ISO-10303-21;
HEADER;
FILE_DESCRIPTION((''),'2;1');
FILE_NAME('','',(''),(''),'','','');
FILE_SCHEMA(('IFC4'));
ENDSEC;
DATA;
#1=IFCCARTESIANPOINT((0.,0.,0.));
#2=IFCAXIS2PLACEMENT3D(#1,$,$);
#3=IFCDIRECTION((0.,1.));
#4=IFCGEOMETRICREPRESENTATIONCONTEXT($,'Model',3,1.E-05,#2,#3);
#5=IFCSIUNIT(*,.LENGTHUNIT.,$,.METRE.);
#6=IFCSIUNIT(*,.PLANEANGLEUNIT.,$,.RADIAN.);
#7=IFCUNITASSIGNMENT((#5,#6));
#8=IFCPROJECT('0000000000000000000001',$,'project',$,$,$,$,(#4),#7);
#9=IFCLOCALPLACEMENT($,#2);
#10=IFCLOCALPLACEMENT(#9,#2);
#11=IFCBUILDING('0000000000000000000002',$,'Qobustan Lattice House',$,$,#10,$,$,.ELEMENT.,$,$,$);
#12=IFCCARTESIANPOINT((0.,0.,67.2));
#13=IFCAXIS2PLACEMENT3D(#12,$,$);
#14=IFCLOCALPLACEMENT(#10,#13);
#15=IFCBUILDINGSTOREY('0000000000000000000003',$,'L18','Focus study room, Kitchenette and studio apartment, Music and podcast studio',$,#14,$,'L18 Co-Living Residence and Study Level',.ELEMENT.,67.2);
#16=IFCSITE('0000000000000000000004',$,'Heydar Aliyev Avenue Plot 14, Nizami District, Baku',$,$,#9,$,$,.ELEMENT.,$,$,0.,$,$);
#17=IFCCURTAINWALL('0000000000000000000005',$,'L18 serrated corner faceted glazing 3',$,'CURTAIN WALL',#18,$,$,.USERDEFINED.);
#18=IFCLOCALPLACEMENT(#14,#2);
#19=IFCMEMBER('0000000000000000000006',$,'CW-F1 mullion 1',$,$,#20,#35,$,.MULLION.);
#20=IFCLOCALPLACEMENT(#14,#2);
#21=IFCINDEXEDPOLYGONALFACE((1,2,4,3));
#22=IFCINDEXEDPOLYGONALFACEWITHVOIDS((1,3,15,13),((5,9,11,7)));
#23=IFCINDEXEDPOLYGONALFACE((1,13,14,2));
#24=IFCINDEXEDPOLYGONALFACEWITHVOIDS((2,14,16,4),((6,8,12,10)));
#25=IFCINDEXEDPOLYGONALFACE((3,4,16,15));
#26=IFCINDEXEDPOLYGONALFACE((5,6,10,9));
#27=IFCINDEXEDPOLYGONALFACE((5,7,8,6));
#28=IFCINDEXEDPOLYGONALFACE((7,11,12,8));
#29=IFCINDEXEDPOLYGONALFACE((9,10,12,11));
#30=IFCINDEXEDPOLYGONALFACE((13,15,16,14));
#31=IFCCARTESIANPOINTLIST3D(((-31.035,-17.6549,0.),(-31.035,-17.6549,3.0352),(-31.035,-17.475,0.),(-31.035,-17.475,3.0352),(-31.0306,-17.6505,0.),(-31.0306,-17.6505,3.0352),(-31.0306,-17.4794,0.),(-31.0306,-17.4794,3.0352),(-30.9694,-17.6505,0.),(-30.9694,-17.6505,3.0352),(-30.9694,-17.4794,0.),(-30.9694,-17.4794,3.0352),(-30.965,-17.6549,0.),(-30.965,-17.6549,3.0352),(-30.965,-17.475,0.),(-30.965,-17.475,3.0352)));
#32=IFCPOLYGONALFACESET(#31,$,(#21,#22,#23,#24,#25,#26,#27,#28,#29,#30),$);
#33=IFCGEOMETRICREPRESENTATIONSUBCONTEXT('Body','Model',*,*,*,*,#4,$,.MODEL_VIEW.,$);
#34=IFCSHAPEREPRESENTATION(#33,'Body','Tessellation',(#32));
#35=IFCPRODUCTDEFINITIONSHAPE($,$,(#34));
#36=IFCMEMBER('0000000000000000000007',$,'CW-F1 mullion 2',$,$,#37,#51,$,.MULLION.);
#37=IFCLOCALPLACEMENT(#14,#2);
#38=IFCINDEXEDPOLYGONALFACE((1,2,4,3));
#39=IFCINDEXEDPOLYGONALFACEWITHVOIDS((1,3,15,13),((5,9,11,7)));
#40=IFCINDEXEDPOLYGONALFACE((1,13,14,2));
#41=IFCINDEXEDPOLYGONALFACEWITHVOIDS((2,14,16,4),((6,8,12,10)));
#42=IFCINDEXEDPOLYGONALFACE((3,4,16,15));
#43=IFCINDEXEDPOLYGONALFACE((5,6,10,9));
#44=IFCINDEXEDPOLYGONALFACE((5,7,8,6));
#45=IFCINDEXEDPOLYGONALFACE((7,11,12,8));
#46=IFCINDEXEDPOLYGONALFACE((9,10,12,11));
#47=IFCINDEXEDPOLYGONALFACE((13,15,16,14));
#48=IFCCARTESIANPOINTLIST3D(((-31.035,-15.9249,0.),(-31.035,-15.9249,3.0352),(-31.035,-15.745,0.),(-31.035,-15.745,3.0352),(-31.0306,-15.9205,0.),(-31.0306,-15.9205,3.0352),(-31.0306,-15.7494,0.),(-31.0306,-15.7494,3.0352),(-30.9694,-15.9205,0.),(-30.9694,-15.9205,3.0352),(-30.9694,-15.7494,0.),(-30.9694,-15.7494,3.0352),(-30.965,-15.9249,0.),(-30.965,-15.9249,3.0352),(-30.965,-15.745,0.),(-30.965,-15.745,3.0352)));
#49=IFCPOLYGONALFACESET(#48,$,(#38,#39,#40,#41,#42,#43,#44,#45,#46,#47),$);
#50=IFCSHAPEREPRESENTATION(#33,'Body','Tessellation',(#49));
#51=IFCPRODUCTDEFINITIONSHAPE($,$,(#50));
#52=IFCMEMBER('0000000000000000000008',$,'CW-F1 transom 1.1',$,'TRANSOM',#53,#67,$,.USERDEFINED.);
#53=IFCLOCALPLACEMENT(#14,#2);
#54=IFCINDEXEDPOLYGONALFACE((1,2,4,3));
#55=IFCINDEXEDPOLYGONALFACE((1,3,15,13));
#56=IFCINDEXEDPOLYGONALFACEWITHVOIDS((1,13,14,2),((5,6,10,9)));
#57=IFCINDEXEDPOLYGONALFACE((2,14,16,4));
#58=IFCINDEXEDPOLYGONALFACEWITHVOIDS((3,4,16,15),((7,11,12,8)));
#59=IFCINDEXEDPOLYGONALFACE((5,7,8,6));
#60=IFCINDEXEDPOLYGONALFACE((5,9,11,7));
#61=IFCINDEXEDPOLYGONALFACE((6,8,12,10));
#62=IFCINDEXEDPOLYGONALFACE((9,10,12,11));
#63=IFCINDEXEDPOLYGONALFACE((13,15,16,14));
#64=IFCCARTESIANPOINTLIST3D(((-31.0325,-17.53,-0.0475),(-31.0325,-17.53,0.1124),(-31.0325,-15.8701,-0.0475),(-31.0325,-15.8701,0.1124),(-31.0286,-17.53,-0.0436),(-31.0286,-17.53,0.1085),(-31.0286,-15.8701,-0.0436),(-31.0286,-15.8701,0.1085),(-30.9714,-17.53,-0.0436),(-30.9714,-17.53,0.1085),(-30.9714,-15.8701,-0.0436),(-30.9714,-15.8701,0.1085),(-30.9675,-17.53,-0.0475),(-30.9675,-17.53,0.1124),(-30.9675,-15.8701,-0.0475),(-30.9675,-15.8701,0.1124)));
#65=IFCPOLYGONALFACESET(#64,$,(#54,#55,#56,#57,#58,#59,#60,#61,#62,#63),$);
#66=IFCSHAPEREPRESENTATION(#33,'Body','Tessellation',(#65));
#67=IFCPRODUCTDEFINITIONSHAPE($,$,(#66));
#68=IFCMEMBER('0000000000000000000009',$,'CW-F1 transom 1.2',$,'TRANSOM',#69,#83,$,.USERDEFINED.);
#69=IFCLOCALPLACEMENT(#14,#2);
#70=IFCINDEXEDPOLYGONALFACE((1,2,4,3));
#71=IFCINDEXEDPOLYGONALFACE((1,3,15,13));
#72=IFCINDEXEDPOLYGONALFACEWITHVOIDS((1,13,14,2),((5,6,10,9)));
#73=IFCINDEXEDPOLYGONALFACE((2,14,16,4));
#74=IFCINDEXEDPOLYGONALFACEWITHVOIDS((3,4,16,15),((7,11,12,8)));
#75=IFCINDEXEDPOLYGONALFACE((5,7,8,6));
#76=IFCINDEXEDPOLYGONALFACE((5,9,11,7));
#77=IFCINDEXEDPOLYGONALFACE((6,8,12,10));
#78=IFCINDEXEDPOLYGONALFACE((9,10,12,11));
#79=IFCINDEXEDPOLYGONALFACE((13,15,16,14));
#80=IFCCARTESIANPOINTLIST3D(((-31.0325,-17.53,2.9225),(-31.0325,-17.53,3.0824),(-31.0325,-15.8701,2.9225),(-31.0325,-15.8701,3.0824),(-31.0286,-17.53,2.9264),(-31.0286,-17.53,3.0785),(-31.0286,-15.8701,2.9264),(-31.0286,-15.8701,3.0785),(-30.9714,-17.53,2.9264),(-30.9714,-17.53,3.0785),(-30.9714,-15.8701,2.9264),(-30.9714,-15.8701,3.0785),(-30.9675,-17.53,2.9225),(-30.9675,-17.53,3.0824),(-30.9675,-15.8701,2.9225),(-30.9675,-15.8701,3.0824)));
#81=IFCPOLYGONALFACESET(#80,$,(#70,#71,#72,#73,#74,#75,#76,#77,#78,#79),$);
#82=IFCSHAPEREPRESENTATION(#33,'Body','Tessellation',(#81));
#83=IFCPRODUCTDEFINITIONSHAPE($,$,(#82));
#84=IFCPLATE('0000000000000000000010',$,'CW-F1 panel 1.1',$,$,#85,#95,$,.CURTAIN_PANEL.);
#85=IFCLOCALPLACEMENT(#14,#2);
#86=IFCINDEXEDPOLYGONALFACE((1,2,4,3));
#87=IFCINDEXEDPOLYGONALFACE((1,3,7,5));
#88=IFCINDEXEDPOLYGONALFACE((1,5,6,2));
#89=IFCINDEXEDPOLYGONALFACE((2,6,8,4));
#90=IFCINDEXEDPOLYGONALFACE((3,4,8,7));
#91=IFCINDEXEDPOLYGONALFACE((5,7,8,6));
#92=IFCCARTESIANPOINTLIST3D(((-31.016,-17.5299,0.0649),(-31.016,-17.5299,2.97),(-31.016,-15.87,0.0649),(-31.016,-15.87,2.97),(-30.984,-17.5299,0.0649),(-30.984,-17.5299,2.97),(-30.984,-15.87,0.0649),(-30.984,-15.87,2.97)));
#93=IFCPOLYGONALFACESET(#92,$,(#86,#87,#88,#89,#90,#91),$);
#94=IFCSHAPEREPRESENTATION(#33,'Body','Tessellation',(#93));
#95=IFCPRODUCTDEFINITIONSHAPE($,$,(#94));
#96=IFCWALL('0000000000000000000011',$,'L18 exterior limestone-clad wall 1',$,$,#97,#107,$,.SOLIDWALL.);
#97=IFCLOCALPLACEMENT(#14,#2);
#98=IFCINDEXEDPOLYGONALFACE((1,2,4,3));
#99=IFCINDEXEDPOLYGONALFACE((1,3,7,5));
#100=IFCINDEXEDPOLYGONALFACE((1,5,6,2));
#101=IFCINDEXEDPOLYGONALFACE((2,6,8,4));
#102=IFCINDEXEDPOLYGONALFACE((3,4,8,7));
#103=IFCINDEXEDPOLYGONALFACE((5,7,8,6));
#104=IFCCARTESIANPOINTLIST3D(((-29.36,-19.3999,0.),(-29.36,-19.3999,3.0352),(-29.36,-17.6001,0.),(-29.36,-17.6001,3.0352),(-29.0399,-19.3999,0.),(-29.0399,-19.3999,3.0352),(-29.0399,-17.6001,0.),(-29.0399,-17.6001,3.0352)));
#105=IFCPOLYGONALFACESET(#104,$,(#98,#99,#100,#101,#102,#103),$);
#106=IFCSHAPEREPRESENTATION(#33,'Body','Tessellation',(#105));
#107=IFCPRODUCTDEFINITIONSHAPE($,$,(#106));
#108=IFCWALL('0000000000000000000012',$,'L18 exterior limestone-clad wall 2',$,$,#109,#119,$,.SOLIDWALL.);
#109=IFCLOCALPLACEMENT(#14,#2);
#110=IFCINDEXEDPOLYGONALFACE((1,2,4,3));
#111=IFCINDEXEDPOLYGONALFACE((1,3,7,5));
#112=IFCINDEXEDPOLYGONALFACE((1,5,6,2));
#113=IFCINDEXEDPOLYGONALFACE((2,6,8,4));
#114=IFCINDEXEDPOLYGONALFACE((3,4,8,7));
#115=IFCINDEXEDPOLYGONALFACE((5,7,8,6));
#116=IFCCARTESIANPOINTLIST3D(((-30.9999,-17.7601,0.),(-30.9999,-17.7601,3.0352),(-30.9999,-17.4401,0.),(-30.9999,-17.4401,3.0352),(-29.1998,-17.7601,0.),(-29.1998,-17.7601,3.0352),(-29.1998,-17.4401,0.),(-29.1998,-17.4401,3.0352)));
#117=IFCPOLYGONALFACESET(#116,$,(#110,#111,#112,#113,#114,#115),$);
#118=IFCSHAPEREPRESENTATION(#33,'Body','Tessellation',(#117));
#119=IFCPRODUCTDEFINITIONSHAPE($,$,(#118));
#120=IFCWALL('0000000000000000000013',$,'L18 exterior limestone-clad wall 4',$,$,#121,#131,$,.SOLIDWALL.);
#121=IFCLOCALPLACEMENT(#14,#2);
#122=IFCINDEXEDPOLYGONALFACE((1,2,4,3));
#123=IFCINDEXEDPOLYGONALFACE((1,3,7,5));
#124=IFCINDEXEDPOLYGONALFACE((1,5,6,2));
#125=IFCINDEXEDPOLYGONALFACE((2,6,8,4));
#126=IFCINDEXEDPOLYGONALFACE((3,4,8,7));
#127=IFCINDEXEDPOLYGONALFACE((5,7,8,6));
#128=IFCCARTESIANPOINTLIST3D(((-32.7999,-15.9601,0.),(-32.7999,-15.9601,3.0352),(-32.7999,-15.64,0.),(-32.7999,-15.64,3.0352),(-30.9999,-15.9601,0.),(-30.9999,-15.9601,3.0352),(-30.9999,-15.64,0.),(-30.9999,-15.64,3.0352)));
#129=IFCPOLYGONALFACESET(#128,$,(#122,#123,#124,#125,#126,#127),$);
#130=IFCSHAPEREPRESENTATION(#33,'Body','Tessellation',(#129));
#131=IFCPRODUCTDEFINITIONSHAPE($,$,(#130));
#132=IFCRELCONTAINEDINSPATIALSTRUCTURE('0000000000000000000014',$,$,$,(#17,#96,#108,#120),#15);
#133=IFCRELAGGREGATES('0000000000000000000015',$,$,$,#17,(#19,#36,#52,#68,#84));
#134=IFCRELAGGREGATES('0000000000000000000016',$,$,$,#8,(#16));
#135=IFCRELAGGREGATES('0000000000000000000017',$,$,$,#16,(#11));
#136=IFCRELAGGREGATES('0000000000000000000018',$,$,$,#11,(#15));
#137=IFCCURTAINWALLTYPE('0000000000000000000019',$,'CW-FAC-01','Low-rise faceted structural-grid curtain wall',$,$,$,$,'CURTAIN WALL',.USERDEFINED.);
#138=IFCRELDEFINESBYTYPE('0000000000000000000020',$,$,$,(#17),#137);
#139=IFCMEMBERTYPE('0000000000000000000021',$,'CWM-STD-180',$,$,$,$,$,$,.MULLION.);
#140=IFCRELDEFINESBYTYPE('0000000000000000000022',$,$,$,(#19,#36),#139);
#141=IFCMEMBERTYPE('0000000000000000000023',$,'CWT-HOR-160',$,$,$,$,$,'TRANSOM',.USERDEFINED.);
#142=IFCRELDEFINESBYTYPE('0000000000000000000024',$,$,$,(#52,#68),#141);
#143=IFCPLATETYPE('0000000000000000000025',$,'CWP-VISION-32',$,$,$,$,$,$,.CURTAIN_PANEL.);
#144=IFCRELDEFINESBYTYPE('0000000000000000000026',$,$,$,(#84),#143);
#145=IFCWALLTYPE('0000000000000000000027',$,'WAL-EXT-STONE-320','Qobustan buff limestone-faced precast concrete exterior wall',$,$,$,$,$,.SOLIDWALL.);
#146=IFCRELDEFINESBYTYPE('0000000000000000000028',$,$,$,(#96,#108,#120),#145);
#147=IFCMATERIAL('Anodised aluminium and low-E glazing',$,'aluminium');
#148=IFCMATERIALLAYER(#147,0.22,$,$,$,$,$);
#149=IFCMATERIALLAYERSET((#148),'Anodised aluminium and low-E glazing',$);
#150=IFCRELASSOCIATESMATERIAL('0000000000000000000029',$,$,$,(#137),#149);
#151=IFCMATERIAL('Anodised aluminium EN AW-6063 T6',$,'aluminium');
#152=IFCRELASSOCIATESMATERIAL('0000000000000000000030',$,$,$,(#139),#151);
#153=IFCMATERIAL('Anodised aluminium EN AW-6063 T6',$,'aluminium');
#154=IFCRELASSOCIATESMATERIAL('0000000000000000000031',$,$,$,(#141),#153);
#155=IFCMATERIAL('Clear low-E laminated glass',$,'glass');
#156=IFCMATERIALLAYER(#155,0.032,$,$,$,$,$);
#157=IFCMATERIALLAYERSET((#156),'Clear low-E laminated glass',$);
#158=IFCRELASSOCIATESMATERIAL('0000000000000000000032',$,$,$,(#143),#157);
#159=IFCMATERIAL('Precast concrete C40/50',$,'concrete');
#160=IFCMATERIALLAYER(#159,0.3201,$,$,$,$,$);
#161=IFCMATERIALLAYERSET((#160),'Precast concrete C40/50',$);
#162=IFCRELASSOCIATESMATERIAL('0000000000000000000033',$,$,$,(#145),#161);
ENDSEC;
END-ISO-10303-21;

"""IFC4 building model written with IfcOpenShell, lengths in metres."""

from ifc_helpers import new_model, si_unit, direction, frame, frame_2d, origin, origin_2d, place, context, subcontext, project, spatial, rectangle, hollow_rectangle, extrude, material, layer, layer_set, material_profile, profile_set, type_object, element, aggregate, save


model = new_model("IFC4")

# Units and contexts
model_context = context("Model", 3, precision=1e-05, world=origin(), true_north=direction((0.0, 1.0)))
body_context = subcontext(model_context, "Body", "Model", "MODEL_VIEW")
ifc_project = project(units=[si_unit("LENGTHUNIT", "METRE"), si_unit("PLANEANGLEUNIT", "RADIAN")], contexts=[model_context])

# Site, building, storey
site_placement = place(None, origin())
site = spatial("IfcSite", under=ifc_project, at=site_placement, Name="Heydar Aliyev Avenue Plot 14, Nizami District, Baku", CompositionType="ELEMENT", RefElevation=0.0)
building_placement = place(site_placement, origin())
building = spatial("IfcBuilding", under=site, at=building_placement, Name="Qobustan Lattice House", CompositionType="ELEMENT")
storey_placement = place(building_placement, frame((0.0, 0.0, 67.2)))
storey = spatial("IfcBuildingStorey", under=building, at=storey_placement, Name="L18", Description="Focus study room, Kitchenette and studio apartment, Music and podcast studio", LongName="L18 Co-Living Residence and Study Level", CompositionType="ELEMENT", Elevation=67.2)

# Curtain wall, members, plate
ifc_material_1 = material(Name="Anodised aluminium and low-E glazing", Category="aluminium")
ifc_layer_1 = layer(ifc_material_1, 0.22)
ifc_layer_set_1 = layer_set([ifc_layer_1], Name="Anodised aluminium and low-E glazing")
curtain_wall_type = type_object("IfcCurtainWallType", Name="CW-FAC-01", Description="Low-rise faceted structural-grid curtain wall", ElementType="CURTAIN WALL", PredefinedType="USERDEFINED", material=ifc_layer_set_1)
curtain_wall_placement = place(storey_placement, origin())
curtain_wall = element("IfcCurtainWall", 1, at=curtain_wall_placement, inside=storey, type_object=curtain_wall_type, Name="L18 serrated corner faceted glazing 3", ObjectType="CURTAIN WALL", PredefinedType="USERDEFINED")
ifc_material_2 = material(Name="Anodised aluminium EN AW-6063 T6", Category="aluminium")
ifc_material_profile_1 = material_profile(ifc_material_2, hollow_rectangle(XDim=0.0701, YDim=0.1799, WallThickness=0.0044, at=origin_2d()), Name="CWM-180x70")
ifc_profile_set_1 = profile_set([ifc_material_profile_1], Name="Anodised aluminium EN AW-6063 T6")
member_type_1 = type_object("IfcMemberType", Name="CWM-STD-180", PredefinedType="MULLION", material=ifc_profile_set_1)
member_1_placement = place(storey_placement, frame((-31.0, -17.5649, 0.0), z_axis=(0.0, 0.0, 1.0), x_axis=(-1.0, 0.0, 0.0)))
member_1 = element("IfcMember", 2, at=member_1_placement, type_object=member_type_1, Name="CW-F1 mullion 1", PredefinedType="MULLION", context=body_context, shape_type="SweptSolid", body=[
    extrude(hollow_rectangle(XDim=0.0701, YDim=0.1799, WallThickness=0.0044, at=origin_2d()), origin(), (0.0, 0.0, 1.0), 3.0352),
])
member_2_placement = place(storey_placement, frame((-31.0, -15.835, 0.0), z_axis=(0.0, 0.0, 1.0), x_axis=(-1.0, 0.0, 0.0)))
member_2 = element("IfcMember", 3, at=member_2_placement, type_object=member_type_1, Name="CW-F1 mullion 2", PredefinedType="MULLION", context=body_context, shape_type="SweptSolid", body=[
    extrude(hollow_rectangle(XDim=0.0701, YDim=0.1799, WallThickness=0.0044, at=origin_2d()), origin(), (0.0, 0.0, 1.0), 3.0352),
])
ifc_material_3 = material(Name="Anodised aluminium EN AW-6063 T6", Category="aluminium")
ifc_material_profile_2 = material_profile(ifc_material_3, hollow_rectangle(XDim=0.0649, YDim=0.1599, WallThickness=0.0039, at=origin_2d()), Name="CWT-160x65")
ifc_profile_set_2 = profile_set([ifc_material_profile_2], Name="Anodised aluminium EN AW-6063 T6")
member_type_2 = type_object("IfcMemberType", Name="CWT-HOR-160", ElementType="TRANSOM", PredefinedType="USERDEFINED", material=ifc_profile_set_2)
member_3_placement = place(storey_placement, frame((-31.0, -17.53, 0.0325), z_axis=(0.0, 1.0, 0.0), x_axis=(-1.0, 0.0, 0.0)))
member_3 = element("IfcMember", 4, at=member_3_placement, type_object=member_type_2, Name="CW-F1 transom 1.1", ObjectType="TRANSOM", PredefinedType="USERDEFINED", context=body_context, shape_type="SweptSolid", body=[
    extrude(hollow_rectangle(XDim=0.0649, YDim=0.1599, WallThickness=0.0039, at=origin_2d()), origin(), (0.0, 0.0, 1.0), 1.6599),
])
member_4_placement = place(storey_placement, frame((-31.0, -17.53, 3.0024), z_axis=(0.0, 1.0, 0.0), x_axis=(-1.0, 0.0, 0.0)))
member_4 = element("IfcMember", 5, at=member_4_placement, type_object=member_type_2, Name="CW-F1 transom 1.2", ObjectType="TRANSOM", PredefinedType="USERDEFINED", context=body_context, shape_type="SweptSolid", body=[
    extrude(hollow_rectangle(XDim=0.0649, YDim=0.1599, WallThickness=0.0039, at=origin_2d()), origin(), (0.0, 0.0, 1.0), 1.6599),
])
ifc_material_4 = material(Name="Clear low-E laminated glass", Category="glass")
ifc_layer_2 = layer(ifc_material_4, 0.032)
ifc_layer_set_2 = layer_set([ifc_layer_2], Name="Clear low-E laminated glass")
plate_type = type_object("IfcPlateType", Name="CWP-VISION-32", PredefinedType="CURTAIN_PANEL", material=ifc_layer_set_2)
plate_placement = place(storey_placement, frame((-31.0, -16.7, 0.0649), z_axis=(0.0, 0.0, 1.0), x_axis=(0.0, 1.0, 0.0)))
plate = element("IfcPlate", 6, at=plate_placement, type_object=plate_type, Name="CW-F1 panel 1.1", PredefinedType="CURTAIN_PANEL", context=body_context, shape_type="SweptSolid", body=[
    extrude(rectangle(XDim=1.6599, YDim=0.032, at=origin_2d()), origin(), (0.0, 0.0, 1.0), 2.905),
])
aggregate(curtain_wall, [member_1, member_2, member_3, member_4, plate])

# Walls
ifc_material_5 = material(Name="Precast concrete C40/50", Category="concrete")
ifc_layer_3 = layer(ifc_material_5, 0.3201)
ifc_layer_set_3 = layer_set([ifc_layer_3], Name="Precast concrete C40/50")
wall_type = type_object("IfcWallType", Name="WAL-EXT-STONE-320", Description="Qobustan buff limestone-faced precast concrete exterior wall", PredefinedType="SOLIDWALL", material=ifc_layer_set_3)
wall_1_placement = place(storey_placement, frame((-29.2, -19.3999, 0.0), z_axis=(0.0, 0.0, 1.0), x_axis=(0.0, 1.0, 0.0)))
element("IfcWall", 7, at=wall_1_placement, inside=storey, type_object=wall_type, Name="L18 exterior limestone-clad wall 1", PredefinedType="SOLIDWALL", context=body_context, shape_type="SweptSolid", body=[
    extrude(rectangle(XDim=1.7998, YDim=0.3201, at=frame_2d((0.8999, 0.0))), origin(), (0.0, 0.0, 1.0), 3.0352),
])
for number, where, z_axis, x_axis, name in (
    (8, (-29.2, -17.6001, 0.0), (0.0, 0.0, 1.0), (-1.0, 0.0, 0.0), "L18 exterior limestone-clad wall 2"),
    (9, (-31.0, -15.8, 0.0), (0.0, 0.0, 1.0), (-1.0, 0.0, 0.0), "L18 exterior limestone-clad wall 4"),
):
    element("IfcWall", number, at=place(storey_placement, frame(where, z_axis=z_axis, x_axis=x_axis)), inside=storey, type_object=wall_type, Name=name, PredefinedType="SOLIDWALL", context=body_context, shape_type="SweptSolid", body=[
        extrude(rectangle(XDim=1.8, YDim=0.3201, at=frame_2d((0.8999, 0.0))), origin(), (0.0, 0.0, 1.0), 3.0352),
    ])

save(model, "model.ifc")
